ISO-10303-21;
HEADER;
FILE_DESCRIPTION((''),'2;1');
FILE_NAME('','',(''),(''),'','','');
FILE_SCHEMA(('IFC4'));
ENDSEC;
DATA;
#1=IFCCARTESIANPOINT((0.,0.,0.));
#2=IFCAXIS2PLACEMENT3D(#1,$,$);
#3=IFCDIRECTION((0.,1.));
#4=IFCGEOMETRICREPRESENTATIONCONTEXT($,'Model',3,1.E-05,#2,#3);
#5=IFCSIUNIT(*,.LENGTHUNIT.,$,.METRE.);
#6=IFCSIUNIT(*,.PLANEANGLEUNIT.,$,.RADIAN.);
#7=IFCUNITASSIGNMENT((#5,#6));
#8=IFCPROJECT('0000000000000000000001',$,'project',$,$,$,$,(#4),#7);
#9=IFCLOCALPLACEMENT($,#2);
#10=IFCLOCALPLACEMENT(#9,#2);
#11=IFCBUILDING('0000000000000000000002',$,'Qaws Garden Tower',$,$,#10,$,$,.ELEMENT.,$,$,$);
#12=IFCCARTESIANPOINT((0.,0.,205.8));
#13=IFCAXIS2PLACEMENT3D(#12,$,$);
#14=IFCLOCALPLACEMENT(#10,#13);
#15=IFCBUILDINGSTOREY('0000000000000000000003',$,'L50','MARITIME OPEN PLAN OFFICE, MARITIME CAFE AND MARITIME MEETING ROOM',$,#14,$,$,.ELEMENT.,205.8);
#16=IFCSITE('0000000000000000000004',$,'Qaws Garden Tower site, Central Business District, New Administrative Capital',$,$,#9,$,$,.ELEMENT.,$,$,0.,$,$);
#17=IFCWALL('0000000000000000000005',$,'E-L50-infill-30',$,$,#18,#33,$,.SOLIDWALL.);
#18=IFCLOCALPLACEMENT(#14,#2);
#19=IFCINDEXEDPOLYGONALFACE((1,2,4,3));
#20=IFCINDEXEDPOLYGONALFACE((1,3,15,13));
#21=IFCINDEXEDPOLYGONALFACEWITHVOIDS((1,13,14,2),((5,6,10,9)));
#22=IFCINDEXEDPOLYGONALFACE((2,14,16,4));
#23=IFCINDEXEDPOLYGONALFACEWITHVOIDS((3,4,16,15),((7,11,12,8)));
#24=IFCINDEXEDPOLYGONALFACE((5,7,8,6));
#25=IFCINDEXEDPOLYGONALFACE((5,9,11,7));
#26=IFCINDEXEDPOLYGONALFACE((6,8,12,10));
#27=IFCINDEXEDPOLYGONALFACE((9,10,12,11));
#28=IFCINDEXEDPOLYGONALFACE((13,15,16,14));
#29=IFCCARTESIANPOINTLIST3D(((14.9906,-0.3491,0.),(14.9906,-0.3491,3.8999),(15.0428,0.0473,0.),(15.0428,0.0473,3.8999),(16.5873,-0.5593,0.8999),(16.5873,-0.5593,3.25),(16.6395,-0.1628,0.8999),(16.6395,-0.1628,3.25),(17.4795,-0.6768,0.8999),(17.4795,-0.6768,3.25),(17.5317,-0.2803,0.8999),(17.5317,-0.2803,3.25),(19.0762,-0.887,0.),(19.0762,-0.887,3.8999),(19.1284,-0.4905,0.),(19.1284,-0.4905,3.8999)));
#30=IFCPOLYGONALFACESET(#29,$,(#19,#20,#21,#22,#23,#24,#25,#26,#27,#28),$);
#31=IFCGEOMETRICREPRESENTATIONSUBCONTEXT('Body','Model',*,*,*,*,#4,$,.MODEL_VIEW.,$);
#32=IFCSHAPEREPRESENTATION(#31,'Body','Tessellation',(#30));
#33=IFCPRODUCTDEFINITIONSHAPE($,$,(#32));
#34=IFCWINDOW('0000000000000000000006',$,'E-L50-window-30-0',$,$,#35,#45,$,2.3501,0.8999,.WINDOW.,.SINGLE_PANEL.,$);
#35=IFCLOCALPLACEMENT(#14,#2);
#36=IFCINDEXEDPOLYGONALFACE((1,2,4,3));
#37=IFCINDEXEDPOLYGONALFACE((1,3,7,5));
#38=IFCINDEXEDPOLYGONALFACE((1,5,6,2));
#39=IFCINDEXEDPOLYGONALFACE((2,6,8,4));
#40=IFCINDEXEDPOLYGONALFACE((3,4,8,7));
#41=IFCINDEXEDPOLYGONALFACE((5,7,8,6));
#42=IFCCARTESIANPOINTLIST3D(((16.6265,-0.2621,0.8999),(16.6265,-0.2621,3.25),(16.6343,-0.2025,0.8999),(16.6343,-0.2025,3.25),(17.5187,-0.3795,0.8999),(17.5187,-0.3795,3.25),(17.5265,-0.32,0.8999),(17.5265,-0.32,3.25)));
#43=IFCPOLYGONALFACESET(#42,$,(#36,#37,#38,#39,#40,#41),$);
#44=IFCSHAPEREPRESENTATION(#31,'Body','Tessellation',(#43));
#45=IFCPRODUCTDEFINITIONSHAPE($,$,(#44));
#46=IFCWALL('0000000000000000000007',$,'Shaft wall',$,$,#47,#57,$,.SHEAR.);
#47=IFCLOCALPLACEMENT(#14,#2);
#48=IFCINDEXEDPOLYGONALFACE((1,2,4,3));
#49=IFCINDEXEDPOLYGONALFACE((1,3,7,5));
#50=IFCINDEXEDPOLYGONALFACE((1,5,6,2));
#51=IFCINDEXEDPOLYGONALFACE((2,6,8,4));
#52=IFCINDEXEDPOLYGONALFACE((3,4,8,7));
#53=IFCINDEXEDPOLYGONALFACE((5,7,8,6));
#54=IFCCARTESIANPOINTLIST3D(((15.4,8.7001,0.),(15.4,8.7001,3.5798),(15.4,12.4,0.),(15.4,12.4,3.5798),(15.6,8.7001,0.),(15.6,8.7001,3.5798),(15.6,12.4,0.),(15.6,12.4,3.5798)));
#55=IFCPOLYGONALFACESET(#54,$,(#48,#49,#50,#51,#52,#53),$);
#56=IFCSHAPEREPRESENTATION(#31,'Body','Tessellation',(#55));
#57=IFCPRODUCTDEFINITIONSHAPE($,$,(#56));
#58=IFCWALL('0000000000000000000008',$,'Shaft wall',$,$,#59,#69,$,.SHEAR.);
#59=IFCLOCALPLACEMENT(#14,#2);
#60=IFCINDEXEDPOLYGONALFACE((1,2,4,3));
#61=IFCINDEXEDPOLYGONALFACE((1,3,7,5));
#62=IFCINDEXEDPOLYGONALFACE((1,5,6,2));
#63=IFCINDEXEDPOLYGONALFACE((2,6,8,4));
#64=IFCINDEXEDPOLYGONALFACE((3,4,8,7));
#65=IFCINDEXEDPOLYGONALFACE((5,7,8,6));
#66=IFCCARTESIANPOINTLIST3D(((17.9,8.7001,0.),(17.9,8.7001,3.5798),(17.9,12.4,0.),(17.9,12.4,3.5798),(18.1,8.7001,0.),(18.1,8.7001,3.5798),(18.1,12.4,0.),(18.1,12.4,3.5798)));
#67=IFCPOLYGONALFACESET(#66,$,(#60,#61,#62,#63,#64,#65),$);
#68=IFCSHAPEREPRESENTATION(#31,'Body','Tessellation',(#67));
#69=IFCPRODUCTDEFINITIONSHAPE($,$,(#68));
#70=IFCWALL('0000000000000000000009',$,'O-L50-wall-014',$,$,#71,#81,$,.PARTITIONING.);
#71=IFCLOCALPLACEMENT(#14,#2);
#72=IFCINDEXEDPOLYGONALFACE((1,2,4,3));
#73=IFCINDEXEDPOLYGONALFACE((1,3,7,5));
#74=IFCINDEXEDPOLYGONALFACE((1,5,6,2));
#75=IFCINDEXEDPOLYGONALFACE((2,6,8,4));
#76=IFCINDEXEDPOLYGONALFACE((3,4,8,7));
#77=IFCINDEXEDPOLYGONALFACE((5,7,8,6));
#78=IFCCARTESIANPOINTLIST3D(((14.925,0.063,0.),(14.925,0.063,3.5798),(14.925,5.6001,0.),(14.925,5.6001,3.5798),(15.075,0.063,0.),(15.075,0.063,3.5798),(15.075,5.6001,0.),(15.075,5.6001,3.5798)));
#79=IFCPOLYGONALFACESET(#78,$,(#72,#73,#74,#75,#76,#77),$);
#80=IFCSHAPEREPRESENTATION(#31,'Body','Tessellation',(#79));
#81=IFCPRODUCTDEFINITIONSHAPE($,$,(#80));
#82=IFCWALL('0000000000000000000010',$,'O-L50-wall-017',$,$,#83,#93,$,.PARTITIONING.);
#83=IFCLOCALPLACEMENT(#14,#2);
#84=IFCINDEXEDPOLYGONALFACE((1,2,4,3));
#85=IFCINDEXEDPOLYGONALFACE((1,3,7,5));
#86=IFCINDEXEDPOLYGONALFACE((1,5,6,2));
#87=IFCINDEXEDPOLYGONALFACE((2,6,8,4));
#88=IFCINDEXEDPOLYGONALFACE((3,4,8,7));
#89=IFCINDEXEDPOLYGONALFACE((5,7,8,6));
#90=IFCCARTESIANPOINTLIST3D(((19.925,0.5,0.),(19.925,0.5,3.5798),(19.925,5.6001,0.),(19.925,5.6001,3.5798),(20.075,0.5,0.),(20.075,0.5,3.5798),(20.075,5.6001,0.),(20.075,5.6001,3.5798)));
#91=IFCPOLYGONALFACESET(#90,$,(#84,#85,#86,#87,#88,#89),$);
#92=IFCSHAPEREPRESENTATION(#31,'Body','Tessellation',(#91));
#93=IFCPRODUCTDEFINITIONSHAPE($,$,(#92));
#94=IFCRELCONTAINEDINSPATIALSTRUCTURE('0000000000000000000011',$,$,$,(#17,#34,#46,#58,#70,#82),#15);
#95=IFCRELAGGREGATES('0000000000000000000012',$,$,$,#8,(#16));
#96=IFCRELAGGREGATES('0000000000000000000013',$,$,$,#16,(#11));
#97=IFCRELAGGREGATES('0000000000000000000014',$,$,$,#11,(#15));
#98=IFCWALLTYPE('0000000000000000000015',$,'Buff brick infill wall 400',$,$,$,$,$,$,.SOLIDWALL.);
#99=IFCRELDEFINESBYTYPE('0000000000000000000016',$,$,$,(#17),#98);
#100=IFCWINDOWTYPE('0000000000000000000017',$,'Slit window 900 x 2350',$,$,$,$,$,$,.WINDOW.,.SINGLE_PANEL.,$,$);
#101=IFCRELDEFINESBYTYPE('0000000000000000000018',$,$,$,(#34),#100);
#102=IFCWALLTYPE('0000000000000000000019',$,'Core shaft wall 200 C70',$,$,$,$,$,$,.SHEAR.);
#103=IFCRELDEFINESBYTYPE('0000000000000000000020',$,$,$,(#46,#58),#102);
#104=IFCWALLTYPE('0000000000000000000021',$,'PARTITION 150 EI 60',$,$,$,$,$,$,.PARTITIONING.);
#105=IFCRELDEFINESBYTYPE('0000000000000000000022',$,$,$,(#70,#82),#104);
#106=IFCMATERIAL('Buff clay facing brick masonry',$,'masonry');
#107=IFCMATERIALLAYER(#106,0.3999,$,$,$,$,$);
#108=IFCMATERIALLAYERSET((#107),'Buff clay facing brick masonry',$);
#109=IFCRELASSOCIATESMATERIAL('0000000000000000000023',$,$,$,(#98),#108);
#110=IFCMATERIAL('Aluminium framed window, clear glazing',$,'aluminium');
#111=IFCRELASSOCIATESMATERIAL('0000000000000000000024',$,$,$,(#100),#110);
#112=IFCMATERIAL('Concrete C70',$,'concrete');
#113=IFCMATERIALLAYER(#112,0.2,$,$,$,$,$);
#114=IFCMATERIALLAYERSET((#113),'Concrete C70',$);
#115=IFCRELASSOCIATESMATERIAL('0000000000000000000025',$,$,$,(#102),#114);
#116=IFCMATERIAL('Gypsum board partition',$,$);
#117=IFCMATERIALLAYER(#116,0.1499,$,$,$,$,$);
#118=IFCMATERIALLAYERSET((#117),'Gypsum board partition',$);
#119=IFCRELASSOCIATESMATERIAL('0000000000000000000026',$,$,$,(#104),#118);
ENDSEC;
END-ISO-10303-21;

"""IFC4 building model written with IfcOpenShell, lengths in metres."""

from ifc_helpers import new_model, si_unit, direction, frame, frame_2d, origin, place, context, subcontext, project, spatial, rectangle, extrude, material, layer, layer_set, type_object, element, fill, save


model = new_model("IFC4")

# Units and contexts
model_context = context("Model", 3, precision=1e-05, world=origin(), true_north=direction((0.0, 1.0)))
body_context = subcontext(model_context, "Body", "Model", "MODEL_VIEW")
ifc_project = project(units=[si_unit("LENGTHUNIT", "METRE"), si_unit("PLANEANGLEUNIT", "RADIAN")], contexts=[model_context])

# Site, building, storey
site_placement = place(None, origin())
site = spatial("IfcSite", under=ifc_project, at=site_placement, Name="Qaws Garden Tower site, Central Business District, New Administrative Capital", CompositionType="ELEMENT", RefElevation=0.0)
building_placement = place(site_placement, origin())
building = spatial("IfcBuilding", under=site, at=building_placement, Name="Qaws Garden Tower", CompositionType="ELEMENT")
storey_placement = place(building_placement, frame((0.0, 0.0, 205.8)))
storey = spatial("IfcBuildingStorey", under=building, at=storey_placement, Name="L50", Description="MARITIME OPEN PLAN OFFICE, MARITIME CAFE AND MARITIME MEETING ROOM", CompositionType="ELEMENT", Elevation=205.8)

# Shared definitions
ifc_material_1 = material(Name="Buff clay facing brick masonry", Category="masonry")
ifc_layer_1 = layer(ifc_material_1, 0.3999)
ifc_layer_set_1 = layer_set([ifc_layer_1], Name="Buff clay facing brick masonry")
wall_type_1 = type_object("IfcWallType", Name="Buff brick infill wall 400", PredefinedType="SOLIDWALL", material=ifc_layer_set_1)
ifc_material_2 = material(Name="Aluminium framed window, clear glazing", Category="aluminium")
window_type = type_object("IfcWindowType", Name="Slit window 900 x 2350", PartitioningType="SINGLE_PANEL", PredefinedType="WINDOW", material=ifc_material_2)

# Wall, opening, window
wall_1_placement = place(storey_placement, frame((15.0166, -0.1509, 0.0), z_axis=(0.0, 0.0, 1.0), x_axis=(0.991446, -0.130514, 0.0)))
wall_1 = element("IfcWall", 1, at=wall_1_placement, inside=storey, type_object=wall_type_1, Name="E-L50-infill-30", PredefinedType="SOLIDWALL", context=body_context, shape_type="SweptSolid", body=[
    extrude(rectangle(XDim=4.1208, YDim=0.3999, at=frame_2d((2.0605, 0.0))), origin(), (0.0, 0.0, 1.0), 3.8999),
])
opening_1_placement = place(wall_1_placement, frame((1.6106, 0.0, 0.8999)))
opening_1 = element("IfcOpeningElement", 2, at=opening_1_placement, cuts=wall_1, PredefinedType="OPENING", context=body_context, shape_type="SweptSolid", body=[
    extrude(rectangle(XDim=0.8999, YDim=2.3501, at=frame_2d((0.45, 1.175))), frame((0.0, 0.21, 0.0), z_axis=(0.0, -1.0, 0.0), x_axis=(1.0, 0.0, 0.0)), (0.0, 0.0, 1.0), 0.4199),
])
window_1_placement = place(opening_1_placement, origin())
window_1 = element("IfcWindow", 3, at=window_1_placement, inside=storey, type_object=window_type, Name="E-L50-window-30-0", OverallHeight=2.3501, OverallWidth=0.8999, PartitioningType="SINGLE_PANEL", PredefinedType="WINDOW", context=body_context, shape_type="SweptSolid", body=[
    extrude(rectangle(XDim=0.8999, YDim=2.3501, at=frame_2d((0.45, 1.175))), frame((0.0, 0.1599, 0.0), z_axis=(0.0, -1.0, 0.0), x_axis=(1.0, 0.0, 0.0)), (0.0, 0.0, 1.0), 0.0601),
])
fill(opening_1, window_1)

# Walls
ifc_material_3 = material(Name="Concrete C70", Category="concrete")
ifc_layer_2 = layer(ifc_material_3, 0.2)
ifc_layer_set_2 = layer_set([ifc_layer_2], Name="Concrete C70")
wall_type_2 = type_object("IfcWallType", Name="Core shaft wall 200 C70", PredefinedType="SHEAR", material=ifc_layer_set_2)
for number, where, z_axis, x_axis, name in (
    (4, (15.5, 8.7, 0.0), (0.0, 0.0, 1.0), (0.0, 1.0, 0.0), "Shaft wall"),
    (5, (18.0, 8.7, 0.0), (0.0, 0.0, 1.0), (0.0, 1.0, 0.0), "Shaft wall"),
):
    element("IfcWall", number, at=place(storey_placement, frame(where, z_axis=z_axis, x_axis=x_axis)), inside=storey, type_object=wall_type_2, Name=name, PredefinedType="SHEAR", context=body_context, shape_type="SweptSolid", body=[
        extrude(rectangle(XDim=3.7, YDim=0.2, at=frame_2d((1.8501, 0.0))), origin(), (0.0, 0.0, 1.0), 3.5798),
    ])
ifc_material_4 = material(Name="Gypsum board partition")
ifc_layer_3 = layer(ifc_material_4, 0.1499)
ifc_layer_set_3 = layer_set([ifc_layer_3], Name="Gypsum board partition")
wall_type_3 = type_object("IfcWallType", Name="PARTITION 150 EI 60", PredefinedType="PARTITIONING", material=ifc_layer_set_3)
wall_2_placement = place(storey_placement, frame((15.0, 0.063, 0.0), z_axis=(0.0, 0.0, 1.0), x_axis=(0.0, 1.0, 0.0)))
element("IfcWall", 6, at=wall_2_placement, inside=storey, type_object=wall_type_3, Name="O-L50-wall-014", PredefinedType="PARTITIONING", context=body_context, shape_type="SweptSolid", body=[
    extrude(rectangle(XDim=5.5371, YDim=0.1499, at=frame_2d((2.7686, 0.0))), origin(), (0.0, 0.0, 1.0), 3.5798),
])
wall_3_placement = place(storey_placement, frame((20.0, 0.5, 0.0), z_axis=(0.0, 0.0, 1.0), x_axis=(0.0, 1.0, 0.0)))
element("IfcWall", 7, at=wall_3_placement, inside=storey, type_object=wall_type_3, Name="O-L50-wall-017", PredefinedType="PARTITIONING", context=body_context, shape_type="SweptSolid", body=[
    extrude(rectangle(XDim=5.1001, YDim=0.1499, at=frame_2d((2.55, 0.0))), origin(), (0.0, 0.0, 1.0), 3.5798),
])

save(model, "model.ifc")
